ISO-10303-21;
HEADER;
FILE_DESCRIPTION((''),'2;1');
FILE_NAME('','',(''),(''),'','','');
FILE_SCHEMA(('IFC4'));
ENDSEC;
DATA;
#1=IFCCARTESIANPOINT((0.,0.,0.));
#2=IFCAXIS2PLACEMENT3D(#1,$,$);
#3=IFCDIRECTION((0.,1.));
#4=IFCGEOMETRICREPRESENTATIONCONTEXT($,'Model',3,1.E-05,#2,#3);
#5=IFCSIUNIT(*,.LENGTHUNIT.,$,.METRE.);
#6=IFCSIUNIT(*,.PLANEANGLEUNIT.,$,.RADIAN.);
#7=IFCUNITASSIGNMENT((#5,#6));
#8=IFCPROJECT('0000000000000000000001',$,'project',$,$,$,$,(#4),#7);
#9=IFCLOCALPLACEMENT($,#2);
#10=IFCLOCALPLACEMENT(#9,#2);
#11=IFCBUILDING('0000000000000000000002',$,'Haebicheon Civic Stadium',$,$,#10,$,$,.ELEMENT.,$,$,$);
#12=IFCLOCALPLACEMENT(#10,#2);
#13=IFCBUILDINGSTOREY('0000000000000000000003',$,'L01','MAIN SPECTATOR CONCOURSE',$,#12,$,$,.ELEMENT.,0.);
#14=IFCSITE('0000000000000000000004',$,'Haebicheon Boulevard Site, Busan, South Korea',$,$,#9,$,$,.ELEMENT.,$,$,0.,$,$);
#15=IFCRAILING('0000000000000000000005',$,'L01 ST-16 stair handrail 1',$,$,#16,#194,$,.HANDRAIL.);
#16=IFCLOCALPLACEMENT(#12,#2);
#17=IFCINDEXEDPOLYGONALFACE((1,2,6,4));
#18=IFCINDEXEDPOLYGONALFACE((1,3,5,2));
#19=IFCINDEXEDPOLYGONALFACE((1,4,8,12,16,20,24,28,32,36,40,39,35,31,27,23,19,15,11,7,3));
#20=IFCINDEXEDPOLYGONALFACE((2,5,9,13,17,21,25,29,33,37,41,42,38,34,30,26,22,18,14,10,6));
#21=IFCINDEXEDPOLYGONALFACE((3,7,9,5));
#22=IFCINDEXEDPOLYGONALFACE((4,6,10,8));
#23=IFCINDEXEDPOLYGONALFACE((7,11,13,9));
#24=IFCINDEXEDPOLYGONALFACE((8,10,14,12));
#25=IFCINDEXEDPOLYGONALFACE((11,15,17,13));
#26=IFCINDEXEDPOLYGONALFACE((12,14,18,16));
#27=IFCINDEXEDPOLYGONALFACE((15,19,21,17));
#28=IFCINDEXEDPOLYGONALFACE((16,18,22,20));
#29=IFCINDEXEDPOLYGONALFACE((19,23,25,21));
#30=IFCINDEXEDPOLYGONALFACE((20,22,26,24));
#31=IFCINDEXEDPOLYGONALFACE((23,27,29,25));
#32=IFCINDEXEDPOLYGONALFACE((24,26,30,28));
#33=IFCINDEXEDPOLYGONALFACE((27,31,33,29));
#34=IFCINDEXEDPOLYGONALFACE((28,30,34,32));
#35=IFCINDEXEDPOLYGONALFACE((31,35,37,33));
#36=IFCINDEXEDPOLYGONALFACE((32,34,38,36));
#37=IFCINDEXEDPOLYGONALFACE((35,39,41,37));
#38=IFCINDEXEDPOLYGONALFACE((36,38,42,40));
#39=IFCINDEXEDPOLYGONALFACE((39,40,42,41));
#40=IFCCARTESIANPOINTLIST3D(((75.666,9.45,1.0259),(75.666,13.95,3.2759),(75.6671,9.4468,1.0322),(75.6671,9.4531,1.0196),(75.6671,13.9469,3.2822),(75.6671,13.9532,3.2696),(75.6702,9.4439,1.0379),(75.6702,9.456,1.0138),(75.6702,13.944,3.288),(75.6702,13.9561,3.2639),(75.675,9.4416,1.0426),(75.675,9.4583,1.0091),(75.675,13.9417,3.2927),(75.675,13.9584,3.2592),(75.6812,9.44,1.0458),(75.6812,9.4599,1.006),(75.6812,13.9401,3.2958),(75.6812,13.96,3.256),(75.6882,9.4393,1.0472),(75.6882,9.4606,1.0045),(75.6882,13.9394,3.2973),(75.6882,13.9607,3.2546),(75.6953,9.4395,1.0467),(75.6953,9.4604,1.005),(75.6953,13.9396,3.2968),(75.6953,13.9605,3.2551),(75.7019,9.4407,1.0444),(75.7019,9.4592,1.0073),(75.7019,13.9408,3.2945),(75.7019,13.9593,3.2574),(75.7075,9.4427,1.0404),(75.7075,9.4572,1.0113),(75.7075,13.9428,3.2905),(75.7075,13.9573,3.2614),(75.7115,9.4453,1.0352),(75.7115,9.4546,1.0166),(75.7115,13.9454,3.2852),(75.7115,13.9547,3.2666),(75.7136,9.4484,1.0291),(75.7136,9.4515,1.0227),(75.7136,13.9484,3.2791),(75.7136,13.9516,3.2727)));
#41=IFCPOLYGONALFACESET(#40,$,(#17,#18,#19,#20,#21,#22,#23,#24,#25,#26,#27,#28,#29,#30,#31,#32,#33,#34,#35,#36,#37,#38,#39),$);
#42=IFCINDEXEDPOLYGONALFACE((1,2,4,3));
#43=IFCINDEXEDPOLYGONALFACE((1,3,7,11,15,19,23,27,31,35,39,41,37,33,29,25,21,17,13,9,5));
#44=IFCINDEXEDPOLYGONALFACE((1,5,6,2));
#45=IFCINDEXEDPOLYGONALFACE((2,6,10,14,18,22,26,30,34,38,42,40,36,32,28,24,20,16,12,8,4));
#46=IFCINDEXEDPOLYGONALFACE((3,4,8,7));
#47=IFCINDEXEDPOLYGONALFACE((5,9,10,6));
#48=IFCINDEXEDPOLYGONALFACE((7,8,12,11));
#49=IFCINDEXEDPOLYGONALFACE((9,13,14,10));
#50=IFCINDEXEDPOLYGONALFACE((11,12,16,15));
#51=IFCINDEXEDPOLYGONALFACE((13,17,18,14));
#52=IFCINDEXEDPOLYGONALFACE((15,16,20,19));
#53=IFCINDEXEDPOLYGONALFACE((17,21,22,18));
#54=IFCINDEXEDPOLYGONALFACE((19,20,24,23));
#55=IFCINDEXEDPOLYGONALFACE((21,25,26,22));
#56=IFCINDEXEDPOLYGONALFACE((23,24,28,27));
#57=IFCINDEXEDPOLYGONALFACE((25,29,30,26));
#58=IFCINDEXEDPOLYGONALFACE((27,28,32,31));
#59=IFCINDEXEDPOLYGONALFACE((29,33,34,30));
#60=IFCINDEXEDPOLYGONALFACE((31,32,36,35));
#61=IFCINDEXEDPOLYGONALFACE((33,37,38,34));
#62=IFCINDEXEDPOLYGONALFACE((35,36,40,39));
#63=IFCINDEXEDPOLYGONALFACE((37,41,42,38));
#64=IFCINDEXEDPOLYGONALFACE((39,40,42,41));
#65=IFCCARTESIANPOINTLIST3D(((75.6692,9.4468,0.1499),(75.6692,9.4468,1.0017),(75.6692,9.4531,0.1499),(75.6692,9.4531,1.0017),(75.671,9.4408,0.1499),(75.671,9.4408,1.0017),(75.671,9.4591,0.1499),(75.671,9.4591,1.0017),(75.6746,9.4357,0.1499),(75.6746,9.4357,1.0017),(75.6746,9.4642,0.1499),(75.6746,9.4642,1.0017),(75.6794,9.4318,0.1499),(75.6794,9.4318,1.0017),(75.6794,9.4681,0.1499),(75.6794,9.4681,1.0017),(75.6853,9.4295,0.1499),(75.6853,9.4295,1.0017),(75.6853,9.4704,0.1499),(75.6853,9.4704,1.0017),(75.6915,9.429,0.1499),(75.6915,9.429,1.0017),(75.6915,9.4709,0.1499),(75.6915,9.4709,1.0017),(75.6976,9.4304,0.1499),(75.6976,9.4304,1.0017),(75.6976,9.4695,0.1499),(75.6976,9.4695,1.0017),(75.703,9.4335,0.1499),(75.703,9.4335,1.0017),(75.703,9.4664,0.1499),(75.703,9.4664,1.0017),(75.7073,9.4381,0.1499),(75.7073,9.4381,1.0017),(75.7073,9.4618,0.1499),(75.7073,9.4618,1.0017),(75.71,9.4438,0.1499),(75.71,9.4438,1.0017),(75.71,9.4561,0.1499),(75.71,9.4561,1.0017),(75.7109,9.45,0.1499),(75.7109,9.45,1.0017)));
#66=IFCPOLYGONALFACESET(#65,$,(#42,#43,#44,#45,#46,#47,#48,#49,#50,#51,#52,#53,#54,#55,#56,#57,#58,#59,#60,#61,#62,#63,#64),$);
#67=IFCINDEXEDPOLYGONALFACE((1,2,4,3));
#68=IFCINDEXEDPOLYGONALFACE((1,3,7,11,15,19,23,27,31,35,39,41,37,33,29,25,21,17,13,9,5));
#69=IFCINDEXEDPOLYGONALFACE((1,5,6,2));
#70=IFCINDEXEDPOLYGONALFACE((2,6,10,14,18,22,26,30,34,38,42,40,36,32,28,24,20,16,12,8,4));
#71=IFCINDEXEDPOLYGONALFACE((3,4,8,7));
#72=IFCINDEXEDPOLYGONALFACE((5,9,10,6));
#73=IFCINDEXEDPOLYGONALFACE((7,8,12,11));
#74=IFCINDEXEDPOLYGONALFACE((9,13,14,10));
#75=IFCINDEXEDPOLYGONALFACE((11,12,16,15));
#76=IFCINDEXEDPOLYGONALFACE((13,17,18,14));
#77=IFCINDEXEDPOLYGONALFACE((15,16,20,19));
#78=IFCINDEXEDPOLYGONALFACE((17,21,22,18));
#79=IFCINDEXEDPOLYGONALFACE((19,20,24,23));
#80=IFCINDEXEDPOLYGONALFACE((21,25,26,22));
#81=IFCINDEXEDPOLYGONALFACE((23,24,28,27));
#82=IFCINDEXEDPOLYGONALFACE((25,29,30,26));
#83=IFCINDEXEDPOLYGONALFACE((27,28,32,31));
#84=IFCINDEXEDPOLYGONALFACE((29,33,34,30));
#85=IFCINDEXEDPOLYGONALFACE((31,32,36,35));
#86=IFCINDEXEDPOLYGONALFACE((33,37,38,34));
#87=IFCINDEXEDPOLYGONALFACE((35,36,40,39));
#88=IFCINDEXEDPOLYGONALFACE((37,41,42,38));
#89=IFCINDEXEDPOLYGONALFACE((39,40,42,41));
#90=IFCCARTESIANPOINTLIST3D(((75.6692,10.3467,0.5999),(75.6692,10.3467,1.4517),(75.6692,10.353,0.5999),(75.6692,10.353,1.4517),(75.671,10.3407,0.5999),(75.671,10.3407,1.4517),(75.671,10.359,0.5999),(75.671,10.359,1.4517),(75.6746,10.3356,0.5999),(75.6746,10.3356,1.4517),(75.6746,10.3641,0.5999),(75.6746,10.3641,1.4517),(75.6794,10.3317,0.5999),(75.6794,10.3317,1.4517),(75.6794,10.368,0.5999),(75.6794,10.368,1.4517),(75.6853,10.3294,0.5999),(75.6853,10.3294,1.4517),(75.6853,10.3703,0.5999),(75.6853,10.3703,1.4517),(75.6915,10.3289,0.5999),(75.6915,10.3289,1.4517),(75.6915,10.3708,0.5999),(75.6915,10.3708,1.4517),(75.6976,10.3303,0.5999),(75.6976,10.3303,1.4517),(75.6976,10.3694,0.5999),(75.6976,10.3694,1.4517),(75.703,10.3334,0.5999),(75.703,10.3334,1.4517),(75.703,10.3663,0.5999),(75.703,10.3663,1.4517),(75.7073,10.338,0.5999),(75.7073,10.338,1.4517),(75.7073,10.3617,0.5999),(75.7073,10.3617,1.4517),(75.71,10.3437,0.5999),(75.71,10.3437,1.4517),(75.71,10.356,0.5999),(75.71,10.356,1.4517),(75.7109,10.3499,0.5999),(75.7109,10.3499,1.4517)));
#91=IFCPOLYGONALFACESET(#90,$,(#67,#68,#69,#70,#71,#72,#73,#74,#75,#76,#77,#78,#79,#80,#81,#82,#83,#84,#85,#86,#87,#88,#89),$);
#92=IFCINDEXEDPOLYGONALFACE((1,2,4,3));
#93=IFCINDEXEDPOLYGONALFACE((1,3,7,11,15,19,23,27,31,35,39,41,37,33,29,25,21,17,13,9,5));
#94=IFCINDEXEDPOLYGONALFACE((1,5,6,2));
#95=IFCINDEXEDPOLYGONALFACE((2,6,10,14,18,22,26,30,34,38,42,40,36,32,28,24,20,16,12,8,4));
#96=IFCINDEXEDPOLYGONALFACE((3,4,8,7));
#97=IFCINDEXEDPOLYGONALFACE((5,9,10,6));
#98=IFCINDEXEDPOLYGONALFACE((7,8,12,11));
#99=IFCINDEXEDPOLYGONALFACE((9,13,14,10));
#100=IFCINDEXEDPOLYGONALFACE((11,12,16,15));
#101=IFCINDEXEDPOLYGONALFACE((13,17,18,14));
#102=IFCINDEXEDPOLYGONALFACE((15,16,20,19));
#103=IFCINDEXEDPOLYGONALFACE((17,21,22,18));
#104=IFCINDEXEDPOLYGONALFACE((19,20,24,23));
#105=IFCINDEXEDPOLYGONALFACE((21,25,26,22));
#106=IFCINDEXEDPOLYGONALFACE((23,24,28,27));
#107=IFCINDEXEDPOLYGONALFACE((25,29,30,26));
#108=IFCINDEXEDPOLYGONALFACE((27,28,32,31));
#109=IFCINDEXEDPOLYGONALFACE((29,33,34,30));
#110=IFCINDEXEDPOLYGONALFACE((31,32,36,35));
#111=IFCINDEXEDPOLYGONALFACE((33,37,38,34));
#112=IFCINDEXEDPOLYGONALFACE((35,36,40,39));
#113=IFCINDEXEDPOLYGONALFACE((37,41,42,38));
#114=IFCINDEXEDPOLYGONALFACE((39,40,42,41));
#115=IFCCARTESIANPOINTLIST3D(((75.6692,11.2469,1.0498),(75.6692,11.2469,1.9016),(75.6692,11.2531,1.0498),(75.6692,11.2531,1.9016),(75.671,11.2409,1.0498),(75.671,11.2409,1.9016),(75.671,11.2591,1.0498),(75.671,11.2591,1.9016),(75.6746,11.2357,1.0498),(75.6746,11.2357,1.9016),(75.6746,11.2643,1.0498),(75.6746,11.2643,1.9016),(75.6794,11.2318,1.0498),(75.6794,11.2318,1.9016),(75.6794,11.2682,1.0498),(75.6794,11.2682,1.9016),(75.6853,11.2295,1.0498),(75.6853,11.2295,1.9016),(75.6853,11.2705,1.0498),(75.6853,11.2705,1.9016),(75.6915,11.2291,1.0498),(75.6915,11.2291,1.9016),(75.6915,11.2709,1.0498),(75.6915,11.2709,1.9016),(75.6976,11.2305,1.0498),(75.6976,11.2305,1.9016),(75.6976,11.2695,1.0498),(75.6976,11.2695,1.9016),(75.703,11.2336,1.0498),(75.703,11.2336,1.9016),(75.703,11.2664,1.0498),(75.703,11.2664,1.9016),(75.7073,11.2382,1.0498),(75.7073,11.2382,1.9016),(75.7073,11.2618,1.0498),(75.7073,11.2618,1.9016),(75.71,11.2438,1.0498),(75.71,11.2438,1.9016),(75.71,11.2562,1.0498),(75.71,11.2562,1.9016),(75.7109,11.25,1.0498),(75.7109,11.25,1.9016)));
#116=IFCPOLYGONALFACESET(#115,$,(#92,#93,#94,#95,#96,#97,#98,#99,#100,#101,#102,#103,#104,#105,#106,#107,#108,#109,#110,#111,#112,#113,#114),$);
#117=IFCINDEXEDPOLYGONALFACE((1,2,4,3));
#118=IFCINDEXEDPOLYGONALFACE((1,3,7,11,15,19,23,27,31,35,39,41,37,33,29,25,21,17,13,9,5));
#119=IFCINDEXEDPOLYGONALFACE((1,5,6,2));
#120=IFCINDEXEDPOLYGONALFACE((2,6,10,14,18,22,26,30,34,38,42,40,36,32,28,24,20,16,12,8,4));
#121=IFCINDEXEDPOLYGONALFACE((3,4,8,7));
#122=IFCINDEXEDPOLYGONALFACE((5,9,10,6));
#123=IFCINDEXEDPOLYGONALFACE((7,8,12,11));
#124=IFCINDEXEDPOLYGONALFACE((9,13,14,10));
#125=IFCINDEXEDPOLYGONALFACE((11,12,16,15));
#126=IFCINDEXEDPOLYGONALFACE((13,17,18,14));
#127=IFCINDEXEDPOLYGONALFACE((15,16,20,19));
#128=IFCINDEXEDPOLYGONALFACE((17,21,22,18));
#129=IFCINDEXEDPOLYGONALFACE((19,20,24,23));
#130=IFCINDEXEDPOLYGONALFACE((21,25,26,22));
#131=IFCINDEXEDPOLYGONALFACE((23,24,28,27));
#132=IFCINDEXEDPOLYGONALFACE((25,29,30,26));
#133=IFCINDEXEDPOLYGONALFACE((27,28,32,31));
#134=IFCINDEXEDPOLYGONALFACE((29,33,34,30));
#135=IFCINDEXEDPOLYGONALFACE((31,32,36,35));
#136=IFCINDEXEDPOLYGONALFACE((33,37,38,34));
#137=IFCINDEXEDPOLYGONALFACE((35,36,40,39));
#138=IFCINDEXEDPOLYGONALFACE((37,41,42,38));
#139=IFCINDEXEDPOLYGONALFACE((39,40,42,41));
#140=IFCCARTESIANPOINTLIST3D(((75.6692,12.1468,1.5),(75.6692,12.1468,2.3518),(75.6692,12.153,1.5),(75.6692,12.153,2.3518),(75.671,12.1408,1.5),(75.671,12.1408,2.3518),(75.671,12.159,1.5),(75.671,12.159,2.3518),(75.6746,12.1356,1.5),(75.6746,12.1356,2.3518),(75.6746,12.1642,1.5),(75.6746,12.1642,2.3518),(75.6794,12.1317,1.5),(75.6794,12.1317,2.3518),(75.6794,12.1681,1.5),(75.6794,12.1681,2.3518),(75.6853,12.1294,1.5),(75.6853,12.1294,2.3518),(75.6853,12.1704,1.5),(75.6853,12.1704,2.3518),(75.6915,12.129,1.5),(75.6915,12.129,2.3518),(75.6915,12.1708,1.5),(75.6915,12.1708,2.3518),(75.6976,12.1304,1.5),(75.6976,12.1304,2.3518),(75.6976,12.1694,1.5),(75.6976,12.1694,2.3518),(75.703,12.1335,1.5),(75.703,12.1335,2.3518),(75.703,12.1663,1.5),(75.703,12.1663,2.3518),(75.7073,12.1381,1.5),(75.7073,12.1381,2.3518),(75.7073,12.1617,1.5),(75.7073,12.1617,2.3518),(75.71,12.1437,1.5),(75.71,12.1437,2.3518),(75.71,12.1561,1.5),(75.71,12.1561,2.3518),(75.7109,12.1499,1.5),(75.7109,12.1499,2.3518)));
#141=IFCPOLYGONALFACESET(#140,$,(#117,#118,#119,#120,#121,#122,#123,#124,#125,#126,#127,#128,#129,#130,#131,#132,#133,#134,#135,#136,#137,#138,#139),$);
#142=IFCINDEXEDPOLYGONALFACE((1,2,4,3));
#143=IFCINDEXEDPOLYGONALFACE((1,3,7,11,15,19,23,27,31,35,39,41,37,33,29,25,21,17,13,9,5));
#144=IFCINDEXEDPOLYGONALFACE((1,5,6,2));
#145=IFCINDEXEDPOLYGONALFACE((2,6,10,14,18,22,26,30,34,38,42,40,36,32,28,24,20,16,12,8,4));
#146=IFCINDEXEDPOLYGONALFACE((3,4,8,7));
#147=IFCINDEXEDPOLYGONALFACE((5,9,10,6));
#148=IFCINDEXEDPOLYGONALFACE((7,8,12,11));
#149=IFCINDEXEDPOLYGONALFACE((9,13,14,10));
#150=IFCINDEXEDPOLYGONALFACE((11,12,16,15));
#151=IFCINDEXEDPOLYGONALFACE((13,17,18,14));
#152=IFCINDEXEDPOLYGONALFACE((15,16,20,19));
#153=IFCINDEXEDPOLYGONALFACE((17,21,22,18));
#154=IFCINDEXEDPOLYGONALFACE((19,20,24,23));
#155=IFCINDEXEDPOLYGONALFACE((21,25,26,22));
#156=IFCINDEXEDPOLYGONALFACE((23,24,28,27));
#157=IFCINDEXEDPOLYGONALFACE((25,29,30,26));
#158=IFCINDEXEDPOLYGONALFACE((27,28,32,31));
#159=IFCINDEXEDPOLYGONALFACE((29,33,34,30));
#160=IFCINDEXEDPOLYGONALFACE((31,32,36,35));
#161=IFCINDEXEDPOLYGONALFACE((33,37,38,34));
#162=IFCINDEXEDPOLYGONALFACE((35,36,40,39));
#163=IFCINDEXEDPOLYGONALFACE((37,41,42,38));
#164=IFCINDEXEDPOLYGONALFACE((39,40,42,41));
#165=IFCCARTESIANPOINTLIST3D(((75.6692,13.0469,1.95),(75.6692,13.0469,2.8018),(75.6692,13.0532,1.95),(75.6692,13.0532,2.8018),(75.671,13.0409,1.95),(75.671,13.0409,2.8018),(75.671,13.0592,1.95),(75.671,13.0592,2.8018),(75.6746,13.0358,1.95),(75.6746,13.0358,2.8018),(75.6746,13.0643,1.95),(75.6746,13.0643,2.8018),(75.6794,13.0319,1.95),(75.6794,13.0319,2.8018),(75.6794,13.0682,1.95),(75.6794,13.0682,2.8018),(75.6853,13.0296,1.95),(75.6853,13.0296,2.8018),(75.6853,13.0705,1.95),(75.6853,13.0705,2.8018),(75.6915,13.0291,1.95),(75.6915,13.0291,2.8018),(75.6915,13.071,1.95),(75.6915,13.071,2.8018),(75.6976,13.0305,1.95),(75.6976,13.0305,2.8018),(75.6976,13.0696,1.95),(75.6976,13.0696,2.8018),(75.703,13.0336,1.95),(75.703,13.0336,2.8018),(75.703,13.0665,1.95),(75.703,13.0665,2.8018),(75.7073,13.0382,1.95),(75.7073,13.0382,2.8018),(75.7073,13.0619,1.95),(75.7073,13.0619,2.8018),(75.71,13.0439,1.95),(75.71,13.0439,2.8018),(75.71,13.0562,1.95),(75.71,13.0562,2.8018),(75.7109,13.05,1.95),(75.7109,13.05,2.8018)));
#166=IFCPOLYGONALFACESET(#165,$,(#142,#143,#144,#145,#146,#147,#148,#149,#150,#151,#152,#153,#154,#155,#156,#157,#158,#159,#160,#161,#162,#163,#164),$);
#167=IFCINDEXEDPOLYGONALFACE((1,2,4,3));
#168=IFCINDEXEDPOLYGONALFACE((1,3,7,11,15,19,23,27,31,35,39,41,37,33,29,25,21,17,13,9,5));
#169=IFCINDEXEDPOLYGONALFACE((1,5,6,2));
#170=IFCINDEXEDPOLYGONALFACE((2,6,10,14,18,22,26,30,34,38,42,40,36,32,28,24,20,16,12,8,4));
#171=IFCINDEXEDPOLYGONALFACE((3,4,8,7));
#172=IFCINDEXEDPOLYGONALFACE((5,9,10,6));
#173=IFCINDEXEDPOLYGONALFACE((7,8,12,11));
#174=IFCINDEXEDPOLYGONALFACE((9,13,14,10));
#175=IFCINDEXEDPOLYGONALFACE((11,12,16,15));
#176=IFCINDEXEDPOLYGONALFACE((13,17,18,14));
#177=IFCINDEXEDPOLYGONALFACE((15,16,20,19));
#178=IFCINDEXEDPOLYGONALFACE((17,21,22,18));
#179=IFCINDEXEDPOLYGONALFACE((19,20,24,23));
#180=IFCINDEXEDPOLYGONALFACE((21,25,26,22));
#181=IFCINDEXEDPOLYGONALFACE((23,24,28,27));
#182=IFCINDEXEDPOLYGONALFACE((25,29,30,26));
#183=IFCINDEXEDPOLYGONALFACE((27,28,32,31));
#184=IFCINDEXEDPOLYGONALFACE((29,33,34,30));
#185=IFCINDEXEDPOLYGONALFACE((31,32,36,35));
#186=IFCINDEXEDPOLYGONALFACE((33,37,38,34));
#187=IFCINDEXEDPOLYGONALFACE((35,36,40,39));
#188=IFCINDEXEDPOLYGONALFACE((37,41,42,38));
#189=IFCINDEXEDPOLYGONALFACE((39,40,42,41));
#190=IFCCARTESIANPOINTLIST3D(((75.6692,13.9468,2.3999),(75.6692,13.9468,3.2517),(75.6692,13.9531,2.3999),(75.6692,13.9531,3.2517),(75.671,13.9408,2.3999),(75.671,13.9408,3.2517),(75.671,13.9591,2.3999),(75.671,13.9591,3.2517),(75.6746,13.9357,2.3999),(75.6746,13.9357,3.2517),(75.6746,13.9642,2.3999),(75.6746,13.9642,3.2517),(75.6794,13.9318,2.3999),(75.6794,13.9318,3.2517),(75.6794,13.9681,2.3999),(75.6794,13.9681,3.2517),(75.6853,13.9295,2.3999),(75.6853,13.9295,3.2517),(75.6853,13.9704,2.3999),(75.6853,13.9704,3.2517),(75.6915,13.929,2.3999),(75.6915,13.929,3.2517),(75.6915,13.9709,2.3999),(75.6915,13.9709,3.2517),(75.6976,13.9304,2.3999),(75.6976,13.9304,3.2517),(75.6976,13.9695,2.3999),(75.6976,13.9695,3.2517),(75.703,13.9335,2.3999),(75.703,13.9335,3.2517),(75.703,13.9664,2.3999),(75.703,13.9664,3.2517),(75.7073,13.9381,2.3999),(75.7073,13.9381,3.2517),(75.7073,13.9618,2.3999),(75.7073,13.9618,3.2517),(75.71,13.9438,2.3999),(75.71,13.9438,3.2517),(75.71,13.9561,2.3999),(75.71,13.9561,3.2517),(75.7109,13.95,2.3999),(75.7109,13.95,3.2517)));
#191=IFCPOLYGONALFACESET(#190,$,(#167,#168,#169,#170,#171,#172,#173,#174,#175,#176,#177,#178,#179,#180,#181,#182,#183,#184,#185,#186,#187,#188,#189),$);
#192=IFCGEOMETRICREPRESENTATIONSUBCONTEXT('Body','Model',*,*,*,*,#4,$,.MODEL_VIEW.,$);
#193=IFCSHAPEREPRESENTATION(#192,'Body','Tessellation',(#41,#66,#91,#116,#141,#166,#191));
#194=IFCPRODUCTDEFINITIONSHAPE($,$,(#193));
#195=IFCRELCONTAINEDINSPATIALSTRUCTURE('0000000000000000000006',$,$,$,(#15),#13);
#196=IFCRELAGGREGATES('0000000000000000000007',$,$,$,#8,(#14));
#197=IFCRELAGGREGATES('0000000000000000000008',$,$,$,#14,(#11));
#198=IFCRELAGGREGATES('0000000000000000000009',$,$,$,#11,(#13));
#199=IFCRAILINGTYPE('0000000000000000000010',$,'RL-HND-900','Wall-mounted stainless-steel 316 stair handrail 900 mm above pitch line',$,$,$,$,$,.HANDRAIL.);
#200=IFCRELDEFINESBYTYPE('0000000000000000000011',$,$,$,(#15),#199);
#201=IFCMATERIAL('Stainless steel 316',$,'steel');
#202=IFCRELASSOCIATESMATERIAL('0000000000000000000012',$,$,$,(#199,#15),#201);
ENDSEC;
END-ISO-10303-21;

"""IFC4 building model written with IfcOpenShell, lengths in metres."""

from ifc_helpers import new_model, si_unit, direction, frame, origin, origin_2d, place, context, subcontext, project, spatial, circle, extrude, material, type_object, element, save


model = new_model("IFC4")

# Units and contexts
model_context = context("Model", 3, precision=1e-05, world=origin(), true_north=direction((0.0, 1.0)))
body_context = subcontext(model_context, "Body", "Model", "MODEL_VIEW")
ifc_project = project(units=[si_unit("LENGTHUNIT", "METRE"), si_unit("PLANEANGLEUNIT", "RADIAN")], contexts=[model_context])

# Site, building, storey
site_placement = place(None, origin())
site = spatial("IfcSite", under=ifc_project, at=site_placement, Name="Haebicheon Boulevard Site, Busan, South Korea", CompositionType="ELEMENT", RefElevation=0.0)
building_placement = place(site_placement, origin())
building = spatial("IfcBuilding", under=site, at=building_placement, Name="Haebicheon Civic Stadium", CompositionType="ELEMENT")
storey_placement = place(building_placement, origin())
storey = spatial("IfcBuildingStorey", under=building, at=storey_placement, Name="L01", Description="MAIN SPECTATOR CONCOURSE", CompositionType="ELEMENT", Elevation=0.0)

# Railing
ifc_material_1 = material(Name="Stainless steel 316", Category="steel")
railing_type_1 = type_object("IfcRailingType", Name="RL-HND-900", Description="Wall-mounted stainless-steel 316 stair handrail 900 mm above pitch line", PredefinedType="HANDRAIL", material=ifc_material_1)
railing_1_placement = place(storey_placement, frame((75.6899, 9.45, 0.1499)))
element("IfcRailing", 1, at=railing_1_placement, inside=storey, type_object=railing_type_1, material=ifc_material_1, Name="L01 ST-16 stair handrail 1", PredefinedType="HANDRAIL", context=body_context, shape_type="SweptSolid", body=[
    extrude(circle(Radius=0.0239, at=origin_2d()), frame((0.0, 0.0, 0.876), z_axis=(0.0, 0.894427, 0.447214), x_axis=(-1.0, 0.0, 0.0)), (0.0, 0.0, 1.0), 5.0312),
    extrude(circle(Radius=0.021, at=origin_2d()), origin(), (0.0, 0.0, 1.0), 0.8518),
    extrude(circle(Radius=0.021, at=origin_2d()), frame((0.0, 0.8999, 0.45)), (0.0, 0.0, 1.0), 0.8518),
    extrude(circle(Radius=0.021, at=origin_2d()), frame((0.0, 1.8, 0.8999)), (0.0, 0.0, 1.0), 0.8518),
    extrude(circle(Radius=0.021, at=origin_2d()), frame((0.0, 2.7, 1.3501)), (0.0, 0.0, 1.0), 0.8518),
    extrude(circle(Radius=0.021, at=origin_2d()), frame((0.0, 3.6001, 1.8)), (0.0, 0.0, 1.0), 0.8518),
    extrude(circle(Radius=0.021, at=origin_2d()), frame((0.0, 4.5, 2.25)), (0.0, 0.0, 1.0), 0.8518),
])

save(model, "model.ifc")
